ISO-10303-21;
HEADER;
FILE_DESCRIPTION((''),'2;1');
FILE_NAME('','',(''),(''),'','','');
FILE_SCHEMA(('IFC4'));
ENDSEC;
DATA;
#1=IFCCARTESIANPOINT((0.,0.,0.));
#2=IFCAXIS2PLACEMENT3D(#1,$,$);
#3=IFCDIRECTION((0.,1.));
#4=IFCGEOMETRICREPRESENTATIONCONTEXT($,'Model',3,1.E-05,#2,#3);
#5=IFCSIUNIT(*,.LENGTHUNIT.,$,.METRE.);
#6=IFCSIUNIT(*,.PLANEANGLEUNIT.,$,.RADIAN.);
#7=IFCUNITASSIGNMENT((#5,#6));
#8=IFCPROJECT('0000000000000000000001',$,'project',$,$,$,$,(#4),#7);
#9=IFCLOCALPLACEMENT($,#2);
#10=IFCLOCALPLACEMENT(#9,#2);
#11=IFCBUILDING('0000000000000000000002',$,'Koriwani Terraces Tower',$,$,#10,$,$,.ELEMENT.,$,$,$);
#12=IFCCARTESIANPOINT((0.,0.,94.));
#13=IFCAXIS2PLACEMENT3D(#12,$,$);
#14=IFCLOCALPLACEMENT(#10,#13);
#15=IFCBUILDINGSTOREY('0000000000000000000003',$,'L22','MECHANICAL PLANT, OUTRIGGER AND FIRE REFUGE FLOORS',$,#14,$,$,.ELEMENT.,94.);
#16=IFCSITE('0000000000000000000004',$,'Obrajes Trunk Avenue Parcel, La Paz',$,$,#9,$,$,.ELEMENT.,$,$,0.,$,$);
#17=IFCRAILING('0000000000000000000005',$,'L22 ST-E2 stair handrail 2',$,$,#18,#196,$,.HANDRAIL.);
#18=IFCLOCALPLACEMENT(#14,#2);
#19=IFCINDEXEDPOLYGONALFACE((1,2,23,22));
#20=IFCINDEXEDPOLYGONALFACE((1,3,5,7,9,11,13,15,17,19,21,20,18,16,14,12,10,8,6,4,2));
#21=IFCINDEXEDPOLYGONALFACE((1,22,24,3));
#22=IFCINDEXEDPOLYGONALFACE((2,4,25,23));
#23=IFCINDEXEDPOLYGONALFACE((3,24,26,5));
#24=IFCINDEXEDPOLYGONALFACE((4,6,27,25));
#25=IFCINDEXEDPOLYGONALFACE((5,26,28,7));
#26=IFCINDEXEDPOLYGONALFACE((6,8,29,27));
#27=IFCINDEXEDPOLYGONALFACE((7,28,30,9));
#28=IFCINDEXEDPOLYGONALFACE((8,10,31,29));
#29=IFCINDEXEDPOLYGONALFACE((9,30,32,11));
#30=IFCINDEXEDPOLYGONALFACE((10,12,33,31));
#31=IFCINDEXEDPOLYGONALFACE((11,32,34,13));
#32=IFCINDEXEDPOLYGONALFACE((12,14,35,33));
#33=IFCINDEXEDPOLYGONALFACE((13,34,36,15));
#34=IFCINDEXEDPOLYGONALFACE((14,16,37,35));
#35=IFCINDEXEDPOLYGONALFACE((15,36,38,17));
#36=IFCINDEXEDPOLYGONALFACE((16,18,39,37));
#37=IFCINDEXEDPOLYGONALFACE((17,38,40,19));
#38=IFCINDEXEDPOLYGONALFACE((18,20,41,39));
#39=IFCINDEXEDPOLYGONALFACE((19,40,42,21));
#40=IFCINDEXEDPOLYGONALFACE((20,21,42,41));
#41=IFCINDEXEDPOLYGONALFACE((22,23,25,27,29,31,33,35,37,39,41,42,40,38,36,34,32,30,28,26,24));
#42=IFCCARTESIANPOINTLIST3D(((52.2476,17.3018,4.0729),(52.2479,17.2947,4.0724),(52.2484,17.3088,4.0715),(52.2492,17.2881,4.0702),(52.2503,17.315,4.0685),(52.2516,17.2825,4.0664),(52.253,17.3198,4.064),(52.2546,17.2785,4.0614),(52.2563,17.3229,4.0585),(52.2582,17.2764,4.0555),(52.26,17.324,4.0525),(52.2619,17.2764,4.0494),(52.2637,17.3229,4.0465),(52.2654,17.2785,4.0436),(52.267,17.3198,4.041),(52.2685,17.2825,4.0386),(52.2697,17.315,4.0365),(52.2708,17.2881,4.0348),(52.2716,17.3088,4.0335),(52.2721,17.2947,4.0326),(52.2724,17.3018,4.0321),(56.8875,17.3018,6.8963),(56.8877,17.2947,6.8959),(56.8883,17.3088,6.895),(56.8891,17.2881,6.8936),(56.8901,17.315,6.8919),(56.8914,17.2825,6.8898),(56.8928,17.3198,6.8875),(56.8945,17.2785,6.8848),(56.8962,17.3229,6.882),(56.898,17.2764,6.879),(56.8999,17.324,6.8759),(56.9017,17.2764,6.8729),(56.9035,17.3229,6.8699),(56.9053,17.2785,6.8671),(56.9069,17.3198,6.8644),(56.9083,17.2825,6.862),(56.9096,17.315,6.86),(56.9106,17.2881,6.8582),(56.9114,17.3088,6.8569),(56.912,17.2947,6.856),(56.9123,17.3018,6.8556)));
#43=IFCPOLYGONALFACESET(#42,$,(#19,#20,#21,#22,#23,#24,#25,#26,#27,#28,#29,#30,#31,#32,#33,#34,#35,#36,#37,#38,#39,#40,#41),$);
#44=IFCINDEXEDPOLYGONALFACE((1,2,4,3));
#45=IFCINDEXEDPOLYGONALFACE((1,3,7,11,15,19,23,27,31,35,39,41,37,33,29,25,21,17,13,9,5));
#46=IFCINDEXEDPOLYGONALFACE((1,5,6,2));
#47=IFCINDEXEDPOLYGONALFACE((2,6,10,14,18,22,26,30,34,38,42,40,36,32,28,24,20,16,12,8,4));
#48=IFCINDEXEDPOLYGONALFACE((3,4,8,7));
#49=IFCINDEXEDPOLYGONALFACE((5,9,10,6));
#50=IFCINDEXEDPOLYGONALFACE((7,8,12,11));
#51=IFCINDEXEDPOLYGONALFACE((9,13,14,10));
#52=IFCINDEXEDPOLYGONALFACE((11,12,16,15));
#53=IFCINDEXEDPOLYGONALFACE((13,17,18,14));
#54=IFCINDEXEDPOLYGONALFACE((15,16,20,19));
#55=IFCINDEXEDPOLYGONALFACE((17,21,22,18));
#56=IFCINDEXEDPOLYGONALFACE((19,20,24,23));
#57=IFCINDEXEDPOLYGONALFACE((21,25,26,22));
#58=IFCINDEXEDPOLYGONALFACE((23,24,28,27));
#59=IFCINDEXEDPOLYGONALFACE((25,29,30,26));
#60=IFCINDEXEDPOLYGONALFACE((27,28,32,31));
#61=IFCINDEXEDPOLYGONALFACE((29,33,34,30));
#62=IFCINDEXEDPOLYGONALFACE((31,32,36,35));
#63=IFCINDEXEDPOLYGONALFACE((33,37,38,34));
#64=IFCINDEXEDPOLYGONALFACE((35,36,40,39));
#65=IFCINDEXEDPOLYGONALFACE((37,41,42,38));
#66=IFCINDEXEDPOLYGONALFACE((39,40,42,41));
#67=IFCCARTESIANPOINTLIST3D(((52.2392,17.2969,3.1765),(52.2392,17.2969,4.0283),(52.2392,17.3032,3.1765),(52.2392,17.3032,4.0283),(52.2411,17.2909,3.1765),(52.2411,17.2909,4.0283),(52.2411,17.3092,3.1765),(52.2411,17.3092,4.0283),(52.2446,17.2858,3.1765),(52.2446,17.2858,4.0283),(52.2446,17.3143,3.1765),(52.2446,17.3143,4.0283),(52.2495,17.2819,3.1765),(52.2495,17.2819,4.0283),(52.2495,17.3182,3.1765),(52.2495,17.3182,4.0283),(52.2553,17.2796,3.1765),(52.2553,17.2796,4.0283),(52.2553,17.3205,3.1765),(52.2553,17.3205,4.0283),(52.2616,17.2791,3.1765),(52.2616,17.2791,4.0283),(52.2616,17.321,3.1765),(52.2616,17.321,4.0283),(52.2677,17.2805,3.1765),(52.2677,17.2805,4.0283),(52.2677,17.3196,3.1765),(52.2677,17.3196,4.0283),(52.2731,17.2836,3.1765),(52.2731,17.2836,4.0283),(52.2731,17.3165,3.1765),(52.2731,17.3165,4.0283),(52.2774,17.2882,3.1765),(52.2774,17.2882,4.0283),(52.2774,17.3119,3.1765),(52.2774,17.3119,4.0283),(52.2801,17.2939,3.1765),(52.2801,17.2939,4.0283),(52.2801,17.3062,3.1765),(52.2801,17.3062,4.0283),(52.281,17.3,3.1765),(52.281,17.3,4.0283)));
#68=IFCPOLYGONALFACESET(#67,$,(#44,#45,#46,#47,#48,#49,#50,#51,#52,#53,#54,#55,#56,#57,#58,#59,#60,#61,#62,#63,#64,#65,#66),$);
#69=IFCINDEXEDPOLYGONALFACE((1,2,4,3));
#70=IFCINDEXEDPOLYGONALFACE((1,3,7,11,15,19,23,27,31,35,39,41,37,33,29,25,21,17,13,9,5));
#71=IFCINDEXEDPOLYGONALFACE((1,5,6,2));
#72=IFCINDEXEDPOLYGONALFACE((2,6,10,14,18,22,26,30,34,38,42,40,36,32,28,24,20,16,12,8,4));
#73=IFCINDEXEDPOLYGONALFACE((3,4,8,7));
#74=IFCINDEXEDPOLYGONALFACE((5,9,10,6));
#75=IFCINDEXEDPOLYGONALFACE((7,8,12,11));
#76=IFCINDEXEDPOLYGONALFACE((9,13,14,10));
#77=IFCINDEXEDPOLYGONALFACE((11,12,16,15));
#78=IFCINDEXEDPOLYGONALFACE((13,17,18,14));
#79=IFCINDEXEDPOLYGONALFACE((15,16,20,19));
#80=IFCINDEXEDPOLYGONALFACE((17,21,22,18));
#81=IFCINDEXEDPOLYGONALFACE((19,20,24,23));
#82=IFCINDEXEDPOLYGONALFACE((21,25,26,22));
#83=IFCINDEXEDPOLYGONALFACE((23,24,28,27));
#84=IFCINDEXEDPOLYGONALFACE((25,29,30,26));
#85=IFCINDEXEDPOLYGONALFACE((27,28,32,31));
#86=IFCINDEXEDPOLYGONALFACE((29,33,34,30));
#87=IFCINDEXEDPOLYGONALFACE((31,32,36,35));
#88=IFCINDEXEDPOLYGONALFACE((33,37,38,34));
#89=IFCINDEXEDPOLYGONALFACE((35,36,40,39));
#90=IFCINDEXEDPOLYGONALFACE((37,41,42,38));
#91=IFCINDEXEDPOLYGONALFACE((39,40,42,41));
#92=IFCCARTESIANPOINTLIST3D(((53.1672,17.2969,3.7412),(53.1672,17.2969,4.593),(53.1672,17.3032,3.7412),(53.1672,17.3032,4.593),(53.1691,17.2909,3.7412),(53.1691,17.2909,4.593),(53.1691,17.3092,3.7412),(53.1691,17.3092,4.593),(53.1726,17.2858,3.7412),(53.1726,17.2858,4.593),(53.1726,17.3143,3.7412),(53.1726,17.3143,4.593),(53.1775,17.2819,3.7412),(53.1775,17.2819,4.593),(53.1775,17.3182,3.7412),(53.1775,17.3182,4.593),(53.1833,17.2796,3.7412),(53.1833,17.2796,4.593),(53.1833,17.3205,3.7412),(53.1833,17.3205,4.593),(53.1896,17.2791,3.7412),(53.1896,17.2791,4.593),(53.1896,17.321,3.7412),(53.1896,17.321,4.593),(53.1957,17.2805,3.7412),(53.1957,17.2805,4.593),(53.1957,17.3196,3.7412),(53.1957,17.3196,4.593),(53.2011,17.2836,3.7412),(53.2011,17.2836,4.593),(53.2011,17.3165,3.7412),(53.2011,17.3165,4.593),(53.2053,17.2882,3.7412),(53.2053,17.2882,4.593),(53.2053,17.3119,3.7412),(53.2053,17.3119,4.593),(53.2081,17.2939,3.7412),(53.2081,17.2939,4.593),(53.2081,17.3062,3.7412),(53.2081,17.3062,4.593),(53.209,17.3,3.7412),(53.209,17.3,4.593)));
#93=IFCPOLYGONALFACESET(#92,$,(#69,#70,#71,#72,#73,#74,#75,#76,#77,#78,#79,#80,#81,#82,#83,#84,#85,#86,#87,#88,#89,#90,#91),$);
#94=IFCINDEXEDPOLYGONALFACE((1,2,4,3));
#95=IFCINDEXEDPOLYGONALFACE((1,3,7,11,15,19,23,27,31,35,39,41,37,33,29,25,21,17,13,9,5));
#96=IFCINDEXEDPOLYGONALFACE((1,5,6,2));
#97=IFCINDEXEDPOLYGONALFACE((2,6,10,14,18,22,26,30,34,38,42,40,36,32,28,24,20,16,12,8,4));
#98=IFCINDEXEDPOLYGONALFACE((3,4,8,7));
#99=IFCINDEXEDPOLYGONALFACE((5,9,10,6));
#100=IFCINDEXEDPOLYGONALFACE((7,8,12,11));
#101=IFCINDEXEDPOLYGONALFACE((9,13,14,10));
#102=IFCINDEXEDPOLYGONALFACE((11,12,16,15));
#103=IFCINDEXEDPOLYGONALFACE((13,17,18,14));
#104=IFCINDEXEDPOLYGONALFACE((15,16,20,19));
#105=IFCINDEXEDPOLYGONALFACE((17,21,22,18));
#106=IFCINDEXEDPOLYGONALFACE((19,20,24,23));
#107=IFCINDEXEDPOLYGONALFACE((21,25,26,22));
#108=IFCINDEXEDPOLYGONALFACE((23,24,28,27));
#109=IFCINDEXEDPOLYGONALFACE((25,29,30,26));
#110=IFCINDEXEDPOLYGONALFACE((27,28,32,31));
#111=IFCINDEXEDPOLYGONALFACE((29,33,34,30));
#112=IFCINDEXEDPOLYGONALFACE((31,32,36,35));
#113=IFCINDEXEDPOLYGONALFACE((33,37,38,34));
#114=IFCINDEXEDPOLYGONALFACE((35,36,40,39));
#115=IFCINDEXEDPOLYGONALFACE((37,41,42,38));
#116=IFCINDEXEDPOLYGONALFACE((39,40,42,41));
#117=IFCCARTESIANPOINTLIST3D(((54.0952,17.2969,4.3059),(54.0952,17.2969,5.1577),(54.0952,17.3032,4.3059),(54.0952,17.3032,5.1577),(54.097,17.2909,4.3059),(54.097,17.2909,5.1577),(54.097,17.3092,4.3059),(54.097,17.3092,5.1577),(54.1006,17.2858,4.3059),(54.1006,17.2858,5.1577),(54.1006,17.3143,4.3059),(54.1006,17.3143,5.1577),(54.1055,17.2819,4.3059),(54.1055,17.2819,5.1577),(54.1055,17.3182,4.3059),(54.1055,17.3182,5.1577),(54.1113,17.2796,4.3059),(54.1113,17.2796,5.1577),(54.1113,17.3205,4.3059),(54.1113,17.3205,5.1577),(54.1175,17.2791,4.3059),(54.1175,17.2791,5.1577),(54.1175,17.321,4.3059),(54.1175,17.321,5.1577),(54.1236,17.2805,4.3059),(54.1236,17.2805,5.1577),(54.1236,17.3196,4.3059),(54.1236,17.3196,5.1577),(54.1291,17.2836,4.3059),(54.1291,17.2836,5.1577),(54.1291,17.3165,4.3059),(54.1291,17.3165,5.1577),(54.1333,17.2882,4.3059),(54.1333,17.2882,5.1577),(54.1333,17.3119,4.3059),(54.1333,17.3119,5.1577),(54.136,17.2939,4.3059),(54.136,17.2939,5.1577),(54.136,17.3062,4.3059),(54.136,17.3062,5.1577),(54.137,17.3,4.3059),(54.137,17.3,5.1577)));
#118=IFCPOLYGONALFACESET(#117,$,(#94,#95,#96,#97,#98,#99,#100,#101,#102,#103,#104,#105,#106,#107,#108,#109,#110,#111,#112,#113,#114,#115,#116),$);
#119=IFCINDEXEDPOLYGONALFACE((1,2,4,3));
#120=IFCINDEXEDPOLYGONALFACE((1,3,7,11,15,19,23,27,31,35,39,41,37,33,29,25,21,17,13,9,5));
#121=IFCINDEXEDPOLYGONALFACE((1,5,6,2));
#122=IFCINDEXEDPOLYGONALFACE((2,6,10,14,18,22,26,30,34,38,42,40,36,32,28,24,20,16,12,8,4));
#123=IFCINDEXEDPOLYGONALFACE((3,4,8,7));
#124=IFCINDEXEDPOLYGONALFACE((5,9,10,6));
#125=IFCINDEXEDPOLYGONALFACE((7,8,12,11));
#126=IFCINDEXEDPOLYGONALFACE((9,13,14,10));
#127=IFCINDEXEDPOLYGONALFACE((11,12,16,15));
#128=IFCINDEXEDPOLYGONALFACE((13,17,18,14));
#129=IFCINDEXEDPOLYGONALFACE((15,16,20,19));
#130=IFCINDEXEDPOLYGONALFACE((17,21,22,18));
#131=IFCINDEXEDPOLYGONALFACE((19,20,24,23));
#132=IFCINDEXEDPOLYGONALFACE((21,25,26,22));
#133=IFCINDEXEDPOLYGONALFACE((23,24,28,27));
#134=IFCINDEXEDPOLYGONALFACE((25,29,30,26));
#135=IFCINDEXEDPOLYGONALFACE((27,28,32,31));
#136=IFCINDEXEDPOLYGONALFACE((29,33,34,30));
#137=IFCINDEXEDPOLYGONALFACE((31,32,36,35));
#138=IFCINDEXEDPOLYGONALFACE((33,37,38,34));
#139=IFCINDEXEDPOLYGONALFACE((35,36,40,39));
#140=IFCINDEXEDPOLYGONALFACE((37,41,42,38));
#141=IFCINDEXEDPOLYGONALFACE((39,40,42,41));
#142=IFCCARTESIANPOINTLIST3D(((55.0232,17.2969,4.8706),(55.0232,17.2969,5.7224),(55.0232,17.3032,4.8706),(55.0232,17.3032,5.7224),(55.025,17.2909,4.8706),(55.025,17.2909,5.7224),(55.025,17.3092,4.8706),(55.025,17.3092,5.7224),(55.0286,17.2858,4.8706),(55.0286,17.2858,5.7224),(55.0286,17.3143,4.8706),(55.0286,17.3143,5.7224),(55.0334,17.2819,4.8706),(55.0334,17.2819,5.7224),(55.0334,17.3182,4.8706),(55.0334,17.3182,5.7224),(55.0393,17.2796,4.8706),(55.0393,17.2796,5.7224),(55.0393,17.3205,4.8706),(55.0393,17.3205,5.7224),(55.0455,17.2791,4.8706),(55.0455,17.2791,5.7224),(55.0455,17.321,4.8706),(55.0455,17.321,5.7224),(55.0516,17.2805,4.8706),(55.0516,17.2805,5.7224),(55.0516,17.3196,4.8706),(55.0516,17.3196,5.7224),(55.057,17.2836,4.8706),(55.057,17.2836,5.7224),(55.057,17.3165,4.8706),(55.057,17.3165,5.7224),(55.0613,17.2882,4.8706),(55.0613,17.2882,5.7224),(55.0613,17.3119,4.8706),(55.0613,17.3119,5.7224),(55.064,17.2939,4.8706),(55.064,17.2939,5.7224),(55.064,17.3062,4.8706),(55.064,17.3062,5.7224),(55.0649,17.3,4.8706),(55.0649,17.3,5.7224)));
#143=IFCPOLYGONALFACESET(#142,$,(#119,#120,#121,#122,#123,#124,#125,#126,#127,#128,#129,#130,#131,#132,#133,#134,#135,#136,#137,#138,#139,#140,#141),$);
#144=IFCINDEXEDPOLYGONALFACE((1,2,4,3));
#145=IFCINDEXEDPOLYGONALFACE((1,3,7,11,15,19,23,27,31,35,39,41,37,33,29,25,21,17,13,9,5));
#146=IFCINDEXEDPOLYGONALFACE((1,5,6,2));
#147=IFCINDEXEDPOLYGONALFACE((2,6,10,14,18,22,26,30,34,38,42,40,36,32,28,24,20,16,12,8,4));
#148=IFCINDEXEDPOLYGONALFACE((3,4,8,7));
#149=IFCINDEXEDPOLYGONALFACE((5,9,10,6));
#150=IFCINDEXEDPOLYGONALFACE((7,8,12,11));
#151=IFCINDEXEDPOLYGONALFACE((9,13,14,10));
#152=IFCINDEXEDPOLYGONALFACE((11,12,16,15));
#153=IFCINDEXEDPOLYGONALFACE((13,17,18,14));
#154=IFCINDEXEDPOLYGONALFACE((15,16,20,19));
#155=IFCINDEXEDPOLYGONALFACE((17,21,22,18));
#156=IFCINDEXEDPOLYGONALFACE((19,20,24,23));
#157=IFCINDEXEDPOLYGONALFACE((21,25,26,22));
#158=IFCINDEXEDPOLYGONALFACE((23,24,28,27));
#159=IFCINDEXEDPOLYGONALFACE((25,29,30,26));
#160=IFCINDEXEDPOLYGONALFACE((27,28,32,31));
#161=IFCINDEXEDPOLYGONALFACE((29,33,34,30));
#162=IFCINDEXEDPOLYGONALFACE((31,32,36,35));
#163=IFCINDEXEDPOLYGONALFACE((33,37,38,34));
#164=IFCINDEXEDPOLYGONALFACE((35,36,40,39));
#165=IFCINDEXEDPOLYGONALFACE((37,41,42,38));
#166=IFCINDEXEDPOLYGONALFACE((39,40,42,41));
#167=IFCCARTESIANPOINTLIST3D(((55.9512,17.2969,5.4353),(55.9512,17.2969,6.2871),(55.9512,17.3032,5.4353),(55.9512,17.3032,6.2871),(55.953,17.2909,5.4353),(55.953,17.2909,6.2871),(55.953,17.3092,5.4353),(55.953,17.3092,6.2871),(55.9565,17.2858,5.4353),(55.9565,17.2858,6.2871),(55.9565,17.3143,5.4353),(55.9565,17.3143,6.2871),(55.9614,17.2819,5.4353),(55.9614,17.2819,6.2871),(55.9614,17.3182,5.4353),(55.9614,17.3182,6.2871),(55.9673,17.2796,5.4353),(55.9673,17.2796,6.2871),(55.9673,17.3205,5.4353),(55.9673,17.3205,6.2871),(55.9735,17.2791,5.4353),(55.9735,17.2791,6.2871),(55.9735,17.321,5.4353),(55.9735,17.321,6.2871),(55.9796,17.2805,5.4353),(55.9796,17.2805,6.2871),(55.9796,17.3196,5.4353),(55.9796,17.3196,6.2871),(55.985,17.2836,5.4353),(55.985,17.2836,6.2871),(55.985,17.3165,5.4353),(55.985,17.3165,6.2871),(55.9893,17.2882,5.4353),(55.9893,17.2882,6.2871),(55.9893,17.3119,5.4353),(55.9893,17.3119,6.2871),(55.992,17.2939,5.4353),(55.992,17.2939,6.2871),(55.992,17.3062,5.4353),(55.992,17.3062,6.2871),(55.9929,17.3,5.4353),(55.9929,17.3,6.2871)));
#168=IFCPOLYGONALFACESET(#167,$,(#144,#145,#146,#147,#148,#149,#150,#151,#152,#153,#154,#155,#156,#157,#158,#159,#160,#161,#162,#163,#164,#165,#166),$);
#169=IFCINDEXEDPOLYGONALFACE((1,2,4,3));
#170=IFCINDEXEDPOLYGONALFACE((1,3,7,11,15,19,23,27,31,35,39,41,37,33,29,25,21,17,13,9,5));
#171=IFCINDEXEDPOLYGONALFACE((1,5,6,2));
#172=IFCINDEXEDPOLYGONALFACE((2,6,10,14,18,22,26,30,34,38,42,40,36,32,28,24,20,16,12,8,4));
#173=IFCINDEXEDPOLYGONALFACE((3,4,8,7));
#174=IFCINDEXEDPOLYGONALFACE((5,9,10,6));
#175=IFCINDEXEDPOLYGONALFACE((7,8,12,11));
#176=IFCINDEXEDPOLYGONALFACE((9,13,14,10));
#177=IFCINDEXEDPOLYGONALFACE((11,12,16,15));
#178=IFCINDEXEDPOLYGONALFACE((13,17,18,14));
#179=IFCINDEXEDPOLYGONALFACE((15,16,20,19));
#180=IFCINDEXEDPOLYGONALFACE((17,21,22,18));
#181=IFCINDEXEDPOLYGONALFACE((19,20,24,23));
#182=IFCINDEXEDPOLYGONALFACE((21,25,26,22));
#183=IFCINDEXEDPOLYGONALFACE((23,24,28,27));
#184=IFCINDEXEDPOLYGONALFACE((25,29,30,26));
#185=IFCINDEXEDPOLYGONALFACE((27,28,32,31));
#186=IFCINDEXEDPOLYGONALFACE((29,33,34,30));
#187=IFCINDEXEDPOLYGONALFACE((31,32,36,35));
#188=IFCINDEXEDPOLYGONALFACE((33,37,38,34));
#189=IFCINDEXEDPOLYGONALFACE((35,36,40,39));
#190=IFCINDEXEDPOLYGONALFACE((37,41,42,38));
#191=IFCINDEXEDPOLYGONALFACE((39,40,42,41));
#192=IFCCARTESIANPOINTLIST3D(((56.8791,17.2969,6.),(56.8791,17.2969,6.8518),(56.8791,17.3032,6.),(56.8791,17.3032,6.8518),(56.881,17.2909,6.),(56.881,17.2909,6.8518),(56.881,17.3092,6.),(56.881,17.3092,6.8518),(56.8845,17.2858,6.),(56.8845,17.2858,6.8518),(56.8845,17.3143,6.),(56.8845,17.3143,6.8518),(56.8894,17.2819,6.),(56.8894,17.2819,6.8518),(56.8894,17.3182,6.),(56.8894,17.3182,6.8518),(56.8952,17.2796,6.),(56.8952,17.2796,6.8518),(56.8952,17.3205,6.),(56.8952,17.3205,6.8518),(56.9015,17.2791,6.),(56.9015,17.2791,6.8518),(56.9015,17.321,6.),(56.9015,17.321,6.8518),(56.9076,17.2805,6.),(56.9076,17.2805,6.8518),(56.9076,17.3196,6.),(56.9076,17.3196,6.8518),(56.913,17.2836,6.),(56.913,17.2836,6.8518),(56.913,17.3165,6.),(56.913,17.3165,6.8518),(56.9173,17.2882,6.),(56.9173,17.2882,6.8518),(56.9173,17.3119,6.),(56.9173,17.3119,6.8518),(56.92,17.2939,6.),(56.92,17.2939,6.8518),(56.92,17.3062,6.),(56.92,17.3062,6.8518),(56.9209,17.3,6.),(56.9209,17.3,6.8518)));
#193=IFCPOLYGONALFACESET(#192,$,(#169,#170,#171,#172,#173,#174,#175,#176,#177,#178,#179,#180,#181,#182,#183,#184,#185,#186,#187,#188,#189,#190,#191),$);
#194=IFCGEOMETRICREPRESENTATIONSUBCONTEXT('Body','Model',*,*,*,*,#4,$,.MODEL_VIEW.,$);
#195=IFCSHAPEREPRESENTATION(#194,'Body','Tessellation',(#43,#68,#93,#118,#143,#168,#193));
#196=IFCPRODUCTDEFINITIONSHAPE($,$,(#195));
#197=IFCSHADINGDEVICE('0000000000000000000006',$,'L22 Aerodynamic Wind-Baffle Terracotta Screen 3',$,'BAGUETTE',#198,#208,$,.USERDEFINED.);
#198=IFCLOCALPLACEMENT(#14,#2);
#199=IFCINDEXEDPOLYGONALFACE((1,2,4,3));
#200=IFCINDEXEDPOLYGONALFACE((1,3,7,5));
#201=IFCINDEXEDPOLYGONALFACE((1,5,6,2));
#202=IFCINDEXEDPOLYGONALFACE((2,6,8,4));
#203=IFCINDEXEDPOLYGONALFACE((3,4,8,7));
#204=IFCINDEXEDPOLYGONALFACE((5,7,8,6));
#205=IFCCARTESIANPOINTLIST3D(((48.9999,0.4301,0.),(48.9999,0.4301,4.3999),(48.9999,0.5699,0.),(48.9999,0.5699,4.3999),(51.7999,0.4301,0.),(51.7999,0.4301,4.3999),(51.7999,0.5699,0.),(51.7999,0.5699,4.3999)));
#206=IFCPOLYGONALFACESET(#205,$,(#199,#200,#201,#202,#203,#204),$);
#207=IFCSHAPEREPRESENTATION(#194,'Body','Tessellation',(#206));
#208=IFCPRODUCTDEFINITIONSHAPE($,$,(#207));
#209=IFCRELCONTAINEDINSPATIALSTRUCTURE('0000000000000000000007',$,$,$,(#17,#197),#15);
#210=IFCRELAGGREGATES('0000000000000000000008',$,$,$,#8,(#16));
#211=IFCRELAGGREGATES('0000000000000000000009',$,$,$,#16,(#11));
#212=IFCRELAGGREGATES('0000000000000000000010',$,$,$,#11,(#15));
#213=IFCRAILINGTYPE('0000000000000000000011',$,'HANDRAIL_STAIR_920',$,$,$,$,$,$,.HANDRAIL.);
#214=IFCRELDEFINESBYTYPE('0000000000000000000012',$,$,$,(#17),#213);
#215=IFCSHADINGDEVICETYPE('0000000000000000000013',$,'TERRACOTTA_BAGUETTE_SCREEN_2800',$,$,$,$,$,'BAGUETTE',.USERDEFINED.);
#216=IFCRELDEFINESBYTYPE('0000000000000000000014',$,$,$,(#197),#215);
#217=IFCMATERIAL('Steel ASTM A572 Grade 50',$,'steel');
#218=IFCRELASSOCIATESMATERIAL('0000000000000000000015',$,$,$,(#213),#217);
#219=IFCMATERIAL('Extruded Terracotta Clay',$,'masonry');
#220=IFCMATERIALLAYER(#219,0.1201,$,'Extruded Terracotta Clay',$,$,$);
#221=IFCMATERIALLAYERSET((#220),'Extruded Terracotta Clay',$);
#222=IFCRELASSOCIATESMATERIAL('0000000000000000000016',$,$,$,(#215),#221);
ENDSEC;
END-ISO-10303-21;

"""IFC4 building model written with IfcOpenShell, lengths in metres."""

from ifc_helpers import new_model, si_unit, direction, frame, origin, origin_2d, place, context, subcontext, project, spatial, rectangle, circle, extrude, material, layer, layer_set, type_object, element, save


model = new_model("IFC4")

# Units and contexts
model_context = context("Model", 3, precision=1e-05, world=origin(), true_north=direction((0.0, 1.0)))
body_context = subcontext(model_context, "Body", "Model", "MODEL_VIEW")
ifc_project = project(units=[si_unit("LENGTHUNIT", "METRE"), si_unit("PLANEANGLEUNIT", "RADIAN")], contexts=[model_context])

# Site, building, storey
site_placement = place(None, origin())
site = spatial("IfcSite", under=ifc_project, at=site_placement, Name="Obrajes Trunk Avenue Parcel, La Paz", CompositionType="ELEMENT", RefElevation=0.0)
building_placement = place(site_placement, origin())
building = spatial("IfcBuilding", under=site, at=building_placement, Name="Koriwani Terraces Tower", CompositionType="ELEMENT")
storey_placement = place(building_placement, frame((0.0, 0.0, 94.0)))
storey = spatial("IfcBuildingStorey", under=building, at=storey_placement, Name="L22", Description="MECHANICAL PLANT, OUTRIGGER AND FIRE REFUGE FLOORS", CompositionType="ELEMENT", Elevation=94.0)

# Shared definitions
ifc_material_1 = material(Name="Steel ASTM A572 Grade 50", Category="steel")

# Railing
railing_type = type_object("IfcRailingType", Name="HANDRAIL_STAIR_920", PredefinedType="HANDRAIL", material=ifc_material_1)
for number, where, name in (
    (1, (52.26, 17.3, 3.1765), "L22 ST-E2 stair handrail 2"),
):
    element("IfcRailing", number, at=place(storey_placement, frame(where)), inside=storey, type_object=railing_type, Name=name, PredefinedType="HANDRAIL", context=body_context, shape_type="SweptSolid", body=[
        extrude(circle(Radius=0.0239, at=origin_2d()), frame((0.0, 0.0, 0.876), z_axis=(0.854264, 0.0, 0.51984), x_axis=(0.0, 1.0, 0.0)), (0.0, 0.0, 1.0), 5.4314),
        extrude(circle(Radius=0.021, at=origin_2d()), origin(), (0.0, 0.0, 1.0), 0.8518),
        extrude(circle(Radius=0.021, at=origin_2d()), frame((0.928, 0.0, 0.5647)), (0.0, 0.0, 1.0), 0.8518),
        extrude(circle(Radius=0.021, at=origin_2d()), frame((1.856, 0.0, 1.1294)), (0.0, 0.0, 1.0), 0.8518),
        extrude(circle(Radius=0.021, at=origin_2d()), frame((2.7839, 0.0, 1.6941)), (0.0, 0.0, 1.0), 0.8518),
        extrude(circle(Radius=0.021, at=origin_2d()), frame((3.7119, 0.0, 2.2588)), (0.0, 0.0, 1.0), 0.8518),
        extrude(circle(Radius=0.021, at=origin_2d()), frame((4.6399, 0.0, 2.8235)), (0.0, 0.0, 1.0), 0.8518),
    ])

# Shading device
ifc_material_2 = material(Name="Extruded Terracotta Clay", Category="masonry")
ifc_layer_1 = layer(ifc_material_2, 0.1201, Name="Extruded Terracotta Clay")
ifc_layer_set_1 = layer_set([ifc_layer_1], Name="Extruded Terracotta Clay")
shading_device_type = type_object("IfcShadingDeviceType", Name="TERRACOTTA_BAGUETTE_SCREEN_2800", ElementType="BAGUETTE", PredefinedType="USERDEFINED", material=ifc_layer_set_1)
shading_device_placement = place(storey_placement, frame((50.3999, 0.5, 0.0), z_axis=(0.0, 0.0, 1.0), x_axis=(1.0, 0.0, 0.0)))
element("IfcShadingDevice", 2, at=shading_device_placement, inside=storey, type_object=shading_device_type, Name="L22 Aerodynamic Wind-Baffle Terracotta Screen 3", ObjectType="BAGUETTE", PredefinedType="USERDEFINED", context=body_context, shape_type="SweptSolid", body=[
    extrude(rectangle(XDim=2.8, YDim=0.1399, at=origin_2d()), origin(), (0.0, 0.0, 1.0), 4.3999),
])

save(model, "model.ifc")
